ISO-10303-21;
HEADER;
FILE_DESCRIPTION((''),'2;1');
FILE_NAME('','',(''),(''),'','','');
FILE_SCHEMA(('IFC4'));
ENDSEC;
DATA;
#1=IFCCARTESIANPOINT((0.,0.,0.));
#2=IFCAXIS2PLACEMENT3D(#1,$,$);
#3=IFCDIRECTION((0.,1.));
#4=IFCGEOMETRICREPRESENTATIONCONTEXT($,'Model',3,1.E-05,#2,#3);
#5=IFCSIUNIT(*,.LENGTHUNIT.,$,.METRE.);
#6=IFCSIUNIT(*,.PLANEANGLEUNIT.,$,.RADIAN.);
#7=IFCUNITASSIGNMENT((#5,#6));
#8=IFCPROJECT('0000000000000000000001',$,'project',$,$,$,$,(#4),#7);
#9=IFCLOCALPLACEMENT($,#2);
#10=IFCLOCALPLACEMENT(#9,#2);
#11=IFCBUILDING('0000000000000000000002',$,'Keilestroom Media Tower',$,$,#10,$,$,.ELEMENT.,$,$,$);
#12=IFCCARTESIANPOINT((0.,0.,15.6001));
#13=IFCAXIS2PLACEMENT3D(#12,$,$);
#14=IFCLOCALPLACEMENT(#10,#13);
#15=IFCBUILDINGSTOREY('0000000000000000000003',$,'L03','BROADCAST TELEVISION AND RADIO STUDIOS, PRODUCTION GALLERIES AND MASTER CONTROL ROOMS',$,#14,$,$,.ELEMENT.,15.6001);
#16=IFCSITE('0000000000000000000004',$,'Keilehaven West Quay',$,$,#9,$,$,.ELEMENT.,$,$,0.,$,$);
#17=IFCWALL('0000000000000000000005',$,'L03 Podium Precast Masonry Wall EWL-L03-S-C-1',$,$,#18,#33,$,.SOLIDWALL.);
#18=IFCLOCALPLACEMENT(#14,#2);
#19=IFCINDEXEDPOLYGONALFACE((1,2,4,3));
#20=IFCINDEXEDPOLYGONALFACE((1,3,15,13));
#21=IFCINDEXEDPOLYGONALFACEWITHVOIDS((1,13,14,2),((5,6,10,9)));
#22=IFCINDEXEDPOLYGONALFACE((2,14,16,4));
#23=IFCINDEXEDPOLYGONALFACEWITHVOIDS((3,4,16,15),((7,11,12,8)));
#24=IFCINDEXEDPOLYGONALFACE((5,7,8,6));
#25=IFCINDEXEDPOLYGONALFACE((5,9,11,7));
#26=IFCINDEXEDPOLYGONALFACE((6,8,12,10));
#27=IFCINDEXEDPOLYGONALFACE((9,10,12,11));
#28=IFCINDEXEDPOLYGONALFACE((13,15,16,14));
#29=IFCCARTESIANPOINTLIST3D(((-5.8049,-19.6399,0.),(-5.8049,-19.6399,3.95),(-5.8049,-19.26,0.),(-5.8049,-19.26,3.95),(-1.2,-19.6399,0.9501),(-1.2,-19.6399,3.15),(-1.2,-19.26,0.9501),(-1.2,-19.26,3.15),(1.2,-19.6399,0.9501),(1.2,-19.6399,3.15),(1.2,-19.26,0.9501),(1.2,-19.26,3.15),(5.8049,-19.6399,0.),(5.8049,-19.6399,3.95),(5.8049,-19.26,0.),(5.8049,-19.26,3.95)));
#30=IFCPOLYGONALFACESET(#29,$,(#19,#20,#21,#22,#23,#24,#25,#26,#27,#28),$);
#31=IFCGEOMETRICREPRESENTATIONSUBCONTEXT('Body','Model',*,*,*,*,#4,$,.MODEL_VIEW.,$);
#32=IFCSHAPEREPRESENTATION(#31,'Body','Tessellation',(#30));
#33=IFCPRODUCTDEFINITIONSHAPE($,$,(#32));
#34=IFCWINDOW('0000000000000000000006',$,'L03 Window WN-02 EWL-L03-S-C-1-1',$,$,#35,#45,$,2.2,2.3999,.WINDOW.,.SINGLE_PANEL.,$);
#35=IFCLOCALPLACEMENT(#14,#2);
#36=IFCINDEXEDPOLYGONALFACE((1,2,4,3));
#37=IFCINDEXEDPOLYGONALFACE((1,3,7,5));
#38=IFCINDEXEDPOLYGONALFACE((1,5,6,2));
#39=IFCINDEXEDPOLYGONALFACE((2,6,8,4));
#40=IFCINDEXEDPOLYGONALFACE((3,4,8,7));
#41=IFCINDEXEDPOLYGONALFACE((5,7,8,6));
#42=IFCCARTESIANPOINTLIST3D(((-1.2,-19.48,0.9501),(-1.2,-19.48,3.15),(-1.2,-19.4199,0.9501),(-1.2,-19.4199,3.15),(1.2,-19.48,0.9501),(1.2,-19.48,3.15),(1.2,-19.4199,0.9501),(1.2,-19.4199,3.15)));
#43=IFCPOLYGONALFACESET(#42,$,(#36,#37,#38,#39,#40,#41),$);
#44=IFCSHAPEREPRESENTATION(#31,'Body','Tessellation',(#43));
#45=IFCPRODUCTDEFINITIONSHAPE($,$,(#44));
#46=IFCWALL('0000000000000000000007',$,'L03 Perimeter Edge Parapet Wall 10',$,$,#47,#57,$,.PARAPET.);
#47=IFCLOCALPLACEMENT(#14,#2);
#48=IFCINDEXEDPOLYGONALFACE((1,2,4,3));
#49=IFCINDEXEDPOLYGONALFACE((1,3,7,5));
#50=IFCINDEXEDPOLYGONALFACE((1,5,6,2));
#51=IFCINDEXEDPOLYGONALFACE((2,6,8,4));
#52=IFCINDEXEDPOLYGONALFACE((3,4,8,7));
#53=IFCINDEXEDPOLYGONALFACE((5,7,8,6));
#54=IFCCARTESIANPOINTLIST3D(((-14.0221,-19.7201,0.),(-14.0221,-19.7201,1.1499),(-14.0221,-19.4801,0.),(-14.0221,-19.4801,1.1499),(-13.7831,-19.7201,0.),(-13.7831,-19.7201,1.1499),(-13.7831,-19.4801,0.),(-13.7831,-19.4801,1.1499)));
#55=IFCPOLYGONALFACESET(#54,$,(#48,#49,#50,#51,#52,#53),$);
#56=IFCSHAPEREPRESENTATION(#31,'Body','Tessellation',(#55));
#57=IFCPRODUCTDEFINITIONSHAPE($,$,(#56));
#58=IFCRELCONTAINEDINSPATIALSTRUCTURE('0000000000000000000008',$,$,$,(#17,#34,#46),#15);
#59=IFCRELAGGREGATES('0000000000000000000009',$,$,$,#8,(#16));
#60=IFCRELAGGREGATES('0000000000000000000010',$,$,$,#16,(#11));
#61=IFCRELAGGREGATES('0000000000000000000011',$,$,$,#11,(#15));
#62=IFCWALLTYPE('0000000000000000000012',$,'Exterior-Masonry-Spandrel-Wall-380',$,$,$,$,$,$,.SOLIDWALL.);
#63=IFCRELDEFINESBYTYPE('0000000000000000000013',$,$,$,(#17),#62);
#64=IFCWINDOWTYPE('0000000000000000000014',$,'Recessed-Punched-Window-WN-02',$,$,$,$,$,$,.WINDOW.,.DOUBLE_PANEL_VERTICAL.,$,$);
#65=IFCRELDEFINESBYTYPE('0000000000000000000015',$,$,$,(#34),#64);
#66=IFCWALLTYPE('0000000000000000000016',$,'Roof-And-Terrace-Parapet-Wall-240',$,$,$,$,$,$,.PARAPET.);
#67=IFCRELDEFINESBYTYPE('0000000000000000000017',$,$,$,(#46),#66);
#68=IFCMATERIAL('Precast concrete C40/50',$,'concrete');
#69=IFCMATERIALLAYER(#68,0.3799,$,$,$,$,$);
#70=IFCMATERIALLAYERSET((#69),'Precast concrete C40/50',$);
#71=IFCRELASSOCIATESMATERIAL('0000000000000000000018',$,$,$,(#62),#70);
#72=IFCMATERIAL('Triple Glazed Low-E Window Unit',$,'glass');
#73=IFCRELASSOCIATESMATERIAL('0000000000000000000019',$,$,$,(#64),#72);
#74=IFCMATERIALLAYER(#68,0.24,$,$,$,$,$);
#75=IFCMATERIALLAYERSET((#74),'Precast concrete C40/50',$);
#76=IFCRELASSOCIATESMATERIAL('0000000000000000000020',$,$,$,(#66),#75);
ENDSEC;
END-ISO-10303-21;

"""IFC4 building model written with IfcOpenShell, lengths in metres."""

from ifc_helpers import new_model, si_unit, direction, frame, frame_2d, origin, place, context, subcontext, project, spatial, rectangle, extrude, source, transform, mapped, material, layer, layer_set, type_object, element, fill, save


model = new_model("IFC4")

# Units and contexts
model_context = context("Model", 3, precision=1e-05, world=origin(), true_north=direction((0.0, 1.0)))
body_context = subcontext(model_context, "Body", "Model", "MODEL_VIEW")
ifc_project = project(units=[si_unit("LENGTHUNIT", "METRE"), si_unit("PLANEANGLEUNIT", "RADIAN")], contexts=[model_context])

# Site, building, storey
site_placement = place(None, origin())
site = spatial("IfcSite", under=ifc_project, at=site_placement, Name="Keilehaven West Quay", CompositionType="ELEMENT", RefElevation=0.0)
building_placement = place(site_placement, origin())
building = spatial("IfcBuilding", under=site, at=building_placement, Name="Keilestroom Media Tower", CompositionType="ELEMENT")
storey_placement = place(building_placement, frame((0.0, 0.0, 15.6001)))
storey = spatial("IfcBuildingStorey", under=building, at=storey_placement, Name="L03", Description="BROADCAST TELEVISION AND RADIO STUDIOS, PRODUCTION GALLERIES AND MASTER CONTROL ROOMS", CompositionType="ELEMENT", Elevation=15.6001)

# Shared definitions
ifc_material_1 = material(Name="Precast concrete C40/50", Category="concrete")

# Wall, opening, window
ifc_layer_1 = layer(ifc_material_1, 0.3799)
ifc_layer_set_1 = layer_set([ifc_layer_1], Name="Precast concrete C40/50")
wall_type_1 = type_object("IfcWallType", Name="Exterior-Masonry-Spandrel-Wall-380", PredefinedType="SOLIDWALL", material=ifc_layer_set_1)
wall_1_placement = place(storey_placement, frame((-5.8049, -19.45, 0.0), z_axis=(0.0, 0.0, 1.0), x_axis=(1.0, 0.0, 0.0)))
wall_1 = element("IfcWall", 1, at=wall_1_placement, inside=storey, type_object=wall_type_1, Name="L03 Podium Precast Masonry Wall EWL-L03-S-C-1", PredefinedType="SOLIDWALL", context=body_context, shape_type="SweptSolid", body=[
    extrude(rectangle(XDim=11.6099, YDim=0.3799, at=frame_2d((5.8049, 0.0))), origin(), (0.0, 0.0, 1.0), 3.95),
])
opening_placement = place(wall_1_placement, frame((4.605, 0.0, 0.95)))
opening = element("IfcOpeningElement", 2, at=opening_placement, cuts=wall_1, PredefinedType="OPENING", context=body_context, shape_type="SweptSolid", body=[
    extrude(rectangle(XDim=2.3999, YDim=2.2, at=frame_2d((1.2, 1.1001))), frame((0.0, 0.2, 0.0), z_axis=(0.0, -1.0, 0.0), x_axis=(1.0, 0.0, 0.0)), (0.0, 0.0, 1.0), 0.3999),
])
ifc_material_2 = material(Name="Triple Glazed Low-E Window Unit", Category="glass")
window_type = type_object("IfcWindowType", Name="Recessed-Punched-Window-WN-02", PartitioningType="DOUBLE_PANEL_VERTICAL", PredefinedType="WINDOW", material=ifc_material_2)
shared_shape_1 = source(origin(), body_context, "Body", "SweptSolid", [
    extrude(rectangle(XDim=2.3999, YDim=2.2, at=frame_2d((1.2, 1.1001))), frame((0.0, 0.03, 0.0), z_axis=(0.0, -1.0, 0.0), x_axis=(1.0, 0.0, 0.0)), (0.0, 0.0, 1.0), 0.0601),
])
window_placement = place(opening_placement, origin())
window = element("IfcWindow", 3, at=window_placement, inside=storey, type_object=window_type, Name="L03 Window WN-02 EWL-L03-S-C-1-1", OverallHeight=2.2, OverallWidth=2.3999, PartitioningType="SINGLE_PANEL", PredefinedType="WINDOW", context=body_context, shape_type="MappedRepresentation", body=[
    mapped(shared_shape_1, transform((0.0, 0.0, 0.0), x_axis=(1.0, 0.0, 0.0), y_axis=(0.0, 1.0, 0.0), z_axis=(0.0, 0.0, 1.0), scale=1.0)),
])
fill(opening, window)

# Wall
ifc_layer_2 = layer(ifc_material_1, 0.24)
ifc_layer_set_2 = layer_set([ifc_layer_2], Name="Precast concrete C40/50")
wall_type_2 = type_object("IfcWallType", Name="Roof-And-Terrace-Parapet-Wall-240", PredefinedType="PARAPET", material=ifc_layer_set_2)
wall_2_placement = place(storey_placement, frame((-13.783, -19.6001, 0.0), z_axis=(0.0, 0.0, 1.0), x_axis=(-1.0, 0.0, 0.0)))
element("IfcWall", 4, at=wall_2_placement, inside=storey, type_object=wall_type_2, Name="L03 Perimeter Edge Parapet Wall 10", PredefinedType="PARAPET", context=body_context, shape_type="SweptSolid", body=[
    extrude(rectangle(XDim=0.239, YDim=0.24, at=frame_2d((0.1196, 0.0))), origin(), (0.0, 0.0, 1.0), 1.1499),
])

save(model, "model.ifc")
